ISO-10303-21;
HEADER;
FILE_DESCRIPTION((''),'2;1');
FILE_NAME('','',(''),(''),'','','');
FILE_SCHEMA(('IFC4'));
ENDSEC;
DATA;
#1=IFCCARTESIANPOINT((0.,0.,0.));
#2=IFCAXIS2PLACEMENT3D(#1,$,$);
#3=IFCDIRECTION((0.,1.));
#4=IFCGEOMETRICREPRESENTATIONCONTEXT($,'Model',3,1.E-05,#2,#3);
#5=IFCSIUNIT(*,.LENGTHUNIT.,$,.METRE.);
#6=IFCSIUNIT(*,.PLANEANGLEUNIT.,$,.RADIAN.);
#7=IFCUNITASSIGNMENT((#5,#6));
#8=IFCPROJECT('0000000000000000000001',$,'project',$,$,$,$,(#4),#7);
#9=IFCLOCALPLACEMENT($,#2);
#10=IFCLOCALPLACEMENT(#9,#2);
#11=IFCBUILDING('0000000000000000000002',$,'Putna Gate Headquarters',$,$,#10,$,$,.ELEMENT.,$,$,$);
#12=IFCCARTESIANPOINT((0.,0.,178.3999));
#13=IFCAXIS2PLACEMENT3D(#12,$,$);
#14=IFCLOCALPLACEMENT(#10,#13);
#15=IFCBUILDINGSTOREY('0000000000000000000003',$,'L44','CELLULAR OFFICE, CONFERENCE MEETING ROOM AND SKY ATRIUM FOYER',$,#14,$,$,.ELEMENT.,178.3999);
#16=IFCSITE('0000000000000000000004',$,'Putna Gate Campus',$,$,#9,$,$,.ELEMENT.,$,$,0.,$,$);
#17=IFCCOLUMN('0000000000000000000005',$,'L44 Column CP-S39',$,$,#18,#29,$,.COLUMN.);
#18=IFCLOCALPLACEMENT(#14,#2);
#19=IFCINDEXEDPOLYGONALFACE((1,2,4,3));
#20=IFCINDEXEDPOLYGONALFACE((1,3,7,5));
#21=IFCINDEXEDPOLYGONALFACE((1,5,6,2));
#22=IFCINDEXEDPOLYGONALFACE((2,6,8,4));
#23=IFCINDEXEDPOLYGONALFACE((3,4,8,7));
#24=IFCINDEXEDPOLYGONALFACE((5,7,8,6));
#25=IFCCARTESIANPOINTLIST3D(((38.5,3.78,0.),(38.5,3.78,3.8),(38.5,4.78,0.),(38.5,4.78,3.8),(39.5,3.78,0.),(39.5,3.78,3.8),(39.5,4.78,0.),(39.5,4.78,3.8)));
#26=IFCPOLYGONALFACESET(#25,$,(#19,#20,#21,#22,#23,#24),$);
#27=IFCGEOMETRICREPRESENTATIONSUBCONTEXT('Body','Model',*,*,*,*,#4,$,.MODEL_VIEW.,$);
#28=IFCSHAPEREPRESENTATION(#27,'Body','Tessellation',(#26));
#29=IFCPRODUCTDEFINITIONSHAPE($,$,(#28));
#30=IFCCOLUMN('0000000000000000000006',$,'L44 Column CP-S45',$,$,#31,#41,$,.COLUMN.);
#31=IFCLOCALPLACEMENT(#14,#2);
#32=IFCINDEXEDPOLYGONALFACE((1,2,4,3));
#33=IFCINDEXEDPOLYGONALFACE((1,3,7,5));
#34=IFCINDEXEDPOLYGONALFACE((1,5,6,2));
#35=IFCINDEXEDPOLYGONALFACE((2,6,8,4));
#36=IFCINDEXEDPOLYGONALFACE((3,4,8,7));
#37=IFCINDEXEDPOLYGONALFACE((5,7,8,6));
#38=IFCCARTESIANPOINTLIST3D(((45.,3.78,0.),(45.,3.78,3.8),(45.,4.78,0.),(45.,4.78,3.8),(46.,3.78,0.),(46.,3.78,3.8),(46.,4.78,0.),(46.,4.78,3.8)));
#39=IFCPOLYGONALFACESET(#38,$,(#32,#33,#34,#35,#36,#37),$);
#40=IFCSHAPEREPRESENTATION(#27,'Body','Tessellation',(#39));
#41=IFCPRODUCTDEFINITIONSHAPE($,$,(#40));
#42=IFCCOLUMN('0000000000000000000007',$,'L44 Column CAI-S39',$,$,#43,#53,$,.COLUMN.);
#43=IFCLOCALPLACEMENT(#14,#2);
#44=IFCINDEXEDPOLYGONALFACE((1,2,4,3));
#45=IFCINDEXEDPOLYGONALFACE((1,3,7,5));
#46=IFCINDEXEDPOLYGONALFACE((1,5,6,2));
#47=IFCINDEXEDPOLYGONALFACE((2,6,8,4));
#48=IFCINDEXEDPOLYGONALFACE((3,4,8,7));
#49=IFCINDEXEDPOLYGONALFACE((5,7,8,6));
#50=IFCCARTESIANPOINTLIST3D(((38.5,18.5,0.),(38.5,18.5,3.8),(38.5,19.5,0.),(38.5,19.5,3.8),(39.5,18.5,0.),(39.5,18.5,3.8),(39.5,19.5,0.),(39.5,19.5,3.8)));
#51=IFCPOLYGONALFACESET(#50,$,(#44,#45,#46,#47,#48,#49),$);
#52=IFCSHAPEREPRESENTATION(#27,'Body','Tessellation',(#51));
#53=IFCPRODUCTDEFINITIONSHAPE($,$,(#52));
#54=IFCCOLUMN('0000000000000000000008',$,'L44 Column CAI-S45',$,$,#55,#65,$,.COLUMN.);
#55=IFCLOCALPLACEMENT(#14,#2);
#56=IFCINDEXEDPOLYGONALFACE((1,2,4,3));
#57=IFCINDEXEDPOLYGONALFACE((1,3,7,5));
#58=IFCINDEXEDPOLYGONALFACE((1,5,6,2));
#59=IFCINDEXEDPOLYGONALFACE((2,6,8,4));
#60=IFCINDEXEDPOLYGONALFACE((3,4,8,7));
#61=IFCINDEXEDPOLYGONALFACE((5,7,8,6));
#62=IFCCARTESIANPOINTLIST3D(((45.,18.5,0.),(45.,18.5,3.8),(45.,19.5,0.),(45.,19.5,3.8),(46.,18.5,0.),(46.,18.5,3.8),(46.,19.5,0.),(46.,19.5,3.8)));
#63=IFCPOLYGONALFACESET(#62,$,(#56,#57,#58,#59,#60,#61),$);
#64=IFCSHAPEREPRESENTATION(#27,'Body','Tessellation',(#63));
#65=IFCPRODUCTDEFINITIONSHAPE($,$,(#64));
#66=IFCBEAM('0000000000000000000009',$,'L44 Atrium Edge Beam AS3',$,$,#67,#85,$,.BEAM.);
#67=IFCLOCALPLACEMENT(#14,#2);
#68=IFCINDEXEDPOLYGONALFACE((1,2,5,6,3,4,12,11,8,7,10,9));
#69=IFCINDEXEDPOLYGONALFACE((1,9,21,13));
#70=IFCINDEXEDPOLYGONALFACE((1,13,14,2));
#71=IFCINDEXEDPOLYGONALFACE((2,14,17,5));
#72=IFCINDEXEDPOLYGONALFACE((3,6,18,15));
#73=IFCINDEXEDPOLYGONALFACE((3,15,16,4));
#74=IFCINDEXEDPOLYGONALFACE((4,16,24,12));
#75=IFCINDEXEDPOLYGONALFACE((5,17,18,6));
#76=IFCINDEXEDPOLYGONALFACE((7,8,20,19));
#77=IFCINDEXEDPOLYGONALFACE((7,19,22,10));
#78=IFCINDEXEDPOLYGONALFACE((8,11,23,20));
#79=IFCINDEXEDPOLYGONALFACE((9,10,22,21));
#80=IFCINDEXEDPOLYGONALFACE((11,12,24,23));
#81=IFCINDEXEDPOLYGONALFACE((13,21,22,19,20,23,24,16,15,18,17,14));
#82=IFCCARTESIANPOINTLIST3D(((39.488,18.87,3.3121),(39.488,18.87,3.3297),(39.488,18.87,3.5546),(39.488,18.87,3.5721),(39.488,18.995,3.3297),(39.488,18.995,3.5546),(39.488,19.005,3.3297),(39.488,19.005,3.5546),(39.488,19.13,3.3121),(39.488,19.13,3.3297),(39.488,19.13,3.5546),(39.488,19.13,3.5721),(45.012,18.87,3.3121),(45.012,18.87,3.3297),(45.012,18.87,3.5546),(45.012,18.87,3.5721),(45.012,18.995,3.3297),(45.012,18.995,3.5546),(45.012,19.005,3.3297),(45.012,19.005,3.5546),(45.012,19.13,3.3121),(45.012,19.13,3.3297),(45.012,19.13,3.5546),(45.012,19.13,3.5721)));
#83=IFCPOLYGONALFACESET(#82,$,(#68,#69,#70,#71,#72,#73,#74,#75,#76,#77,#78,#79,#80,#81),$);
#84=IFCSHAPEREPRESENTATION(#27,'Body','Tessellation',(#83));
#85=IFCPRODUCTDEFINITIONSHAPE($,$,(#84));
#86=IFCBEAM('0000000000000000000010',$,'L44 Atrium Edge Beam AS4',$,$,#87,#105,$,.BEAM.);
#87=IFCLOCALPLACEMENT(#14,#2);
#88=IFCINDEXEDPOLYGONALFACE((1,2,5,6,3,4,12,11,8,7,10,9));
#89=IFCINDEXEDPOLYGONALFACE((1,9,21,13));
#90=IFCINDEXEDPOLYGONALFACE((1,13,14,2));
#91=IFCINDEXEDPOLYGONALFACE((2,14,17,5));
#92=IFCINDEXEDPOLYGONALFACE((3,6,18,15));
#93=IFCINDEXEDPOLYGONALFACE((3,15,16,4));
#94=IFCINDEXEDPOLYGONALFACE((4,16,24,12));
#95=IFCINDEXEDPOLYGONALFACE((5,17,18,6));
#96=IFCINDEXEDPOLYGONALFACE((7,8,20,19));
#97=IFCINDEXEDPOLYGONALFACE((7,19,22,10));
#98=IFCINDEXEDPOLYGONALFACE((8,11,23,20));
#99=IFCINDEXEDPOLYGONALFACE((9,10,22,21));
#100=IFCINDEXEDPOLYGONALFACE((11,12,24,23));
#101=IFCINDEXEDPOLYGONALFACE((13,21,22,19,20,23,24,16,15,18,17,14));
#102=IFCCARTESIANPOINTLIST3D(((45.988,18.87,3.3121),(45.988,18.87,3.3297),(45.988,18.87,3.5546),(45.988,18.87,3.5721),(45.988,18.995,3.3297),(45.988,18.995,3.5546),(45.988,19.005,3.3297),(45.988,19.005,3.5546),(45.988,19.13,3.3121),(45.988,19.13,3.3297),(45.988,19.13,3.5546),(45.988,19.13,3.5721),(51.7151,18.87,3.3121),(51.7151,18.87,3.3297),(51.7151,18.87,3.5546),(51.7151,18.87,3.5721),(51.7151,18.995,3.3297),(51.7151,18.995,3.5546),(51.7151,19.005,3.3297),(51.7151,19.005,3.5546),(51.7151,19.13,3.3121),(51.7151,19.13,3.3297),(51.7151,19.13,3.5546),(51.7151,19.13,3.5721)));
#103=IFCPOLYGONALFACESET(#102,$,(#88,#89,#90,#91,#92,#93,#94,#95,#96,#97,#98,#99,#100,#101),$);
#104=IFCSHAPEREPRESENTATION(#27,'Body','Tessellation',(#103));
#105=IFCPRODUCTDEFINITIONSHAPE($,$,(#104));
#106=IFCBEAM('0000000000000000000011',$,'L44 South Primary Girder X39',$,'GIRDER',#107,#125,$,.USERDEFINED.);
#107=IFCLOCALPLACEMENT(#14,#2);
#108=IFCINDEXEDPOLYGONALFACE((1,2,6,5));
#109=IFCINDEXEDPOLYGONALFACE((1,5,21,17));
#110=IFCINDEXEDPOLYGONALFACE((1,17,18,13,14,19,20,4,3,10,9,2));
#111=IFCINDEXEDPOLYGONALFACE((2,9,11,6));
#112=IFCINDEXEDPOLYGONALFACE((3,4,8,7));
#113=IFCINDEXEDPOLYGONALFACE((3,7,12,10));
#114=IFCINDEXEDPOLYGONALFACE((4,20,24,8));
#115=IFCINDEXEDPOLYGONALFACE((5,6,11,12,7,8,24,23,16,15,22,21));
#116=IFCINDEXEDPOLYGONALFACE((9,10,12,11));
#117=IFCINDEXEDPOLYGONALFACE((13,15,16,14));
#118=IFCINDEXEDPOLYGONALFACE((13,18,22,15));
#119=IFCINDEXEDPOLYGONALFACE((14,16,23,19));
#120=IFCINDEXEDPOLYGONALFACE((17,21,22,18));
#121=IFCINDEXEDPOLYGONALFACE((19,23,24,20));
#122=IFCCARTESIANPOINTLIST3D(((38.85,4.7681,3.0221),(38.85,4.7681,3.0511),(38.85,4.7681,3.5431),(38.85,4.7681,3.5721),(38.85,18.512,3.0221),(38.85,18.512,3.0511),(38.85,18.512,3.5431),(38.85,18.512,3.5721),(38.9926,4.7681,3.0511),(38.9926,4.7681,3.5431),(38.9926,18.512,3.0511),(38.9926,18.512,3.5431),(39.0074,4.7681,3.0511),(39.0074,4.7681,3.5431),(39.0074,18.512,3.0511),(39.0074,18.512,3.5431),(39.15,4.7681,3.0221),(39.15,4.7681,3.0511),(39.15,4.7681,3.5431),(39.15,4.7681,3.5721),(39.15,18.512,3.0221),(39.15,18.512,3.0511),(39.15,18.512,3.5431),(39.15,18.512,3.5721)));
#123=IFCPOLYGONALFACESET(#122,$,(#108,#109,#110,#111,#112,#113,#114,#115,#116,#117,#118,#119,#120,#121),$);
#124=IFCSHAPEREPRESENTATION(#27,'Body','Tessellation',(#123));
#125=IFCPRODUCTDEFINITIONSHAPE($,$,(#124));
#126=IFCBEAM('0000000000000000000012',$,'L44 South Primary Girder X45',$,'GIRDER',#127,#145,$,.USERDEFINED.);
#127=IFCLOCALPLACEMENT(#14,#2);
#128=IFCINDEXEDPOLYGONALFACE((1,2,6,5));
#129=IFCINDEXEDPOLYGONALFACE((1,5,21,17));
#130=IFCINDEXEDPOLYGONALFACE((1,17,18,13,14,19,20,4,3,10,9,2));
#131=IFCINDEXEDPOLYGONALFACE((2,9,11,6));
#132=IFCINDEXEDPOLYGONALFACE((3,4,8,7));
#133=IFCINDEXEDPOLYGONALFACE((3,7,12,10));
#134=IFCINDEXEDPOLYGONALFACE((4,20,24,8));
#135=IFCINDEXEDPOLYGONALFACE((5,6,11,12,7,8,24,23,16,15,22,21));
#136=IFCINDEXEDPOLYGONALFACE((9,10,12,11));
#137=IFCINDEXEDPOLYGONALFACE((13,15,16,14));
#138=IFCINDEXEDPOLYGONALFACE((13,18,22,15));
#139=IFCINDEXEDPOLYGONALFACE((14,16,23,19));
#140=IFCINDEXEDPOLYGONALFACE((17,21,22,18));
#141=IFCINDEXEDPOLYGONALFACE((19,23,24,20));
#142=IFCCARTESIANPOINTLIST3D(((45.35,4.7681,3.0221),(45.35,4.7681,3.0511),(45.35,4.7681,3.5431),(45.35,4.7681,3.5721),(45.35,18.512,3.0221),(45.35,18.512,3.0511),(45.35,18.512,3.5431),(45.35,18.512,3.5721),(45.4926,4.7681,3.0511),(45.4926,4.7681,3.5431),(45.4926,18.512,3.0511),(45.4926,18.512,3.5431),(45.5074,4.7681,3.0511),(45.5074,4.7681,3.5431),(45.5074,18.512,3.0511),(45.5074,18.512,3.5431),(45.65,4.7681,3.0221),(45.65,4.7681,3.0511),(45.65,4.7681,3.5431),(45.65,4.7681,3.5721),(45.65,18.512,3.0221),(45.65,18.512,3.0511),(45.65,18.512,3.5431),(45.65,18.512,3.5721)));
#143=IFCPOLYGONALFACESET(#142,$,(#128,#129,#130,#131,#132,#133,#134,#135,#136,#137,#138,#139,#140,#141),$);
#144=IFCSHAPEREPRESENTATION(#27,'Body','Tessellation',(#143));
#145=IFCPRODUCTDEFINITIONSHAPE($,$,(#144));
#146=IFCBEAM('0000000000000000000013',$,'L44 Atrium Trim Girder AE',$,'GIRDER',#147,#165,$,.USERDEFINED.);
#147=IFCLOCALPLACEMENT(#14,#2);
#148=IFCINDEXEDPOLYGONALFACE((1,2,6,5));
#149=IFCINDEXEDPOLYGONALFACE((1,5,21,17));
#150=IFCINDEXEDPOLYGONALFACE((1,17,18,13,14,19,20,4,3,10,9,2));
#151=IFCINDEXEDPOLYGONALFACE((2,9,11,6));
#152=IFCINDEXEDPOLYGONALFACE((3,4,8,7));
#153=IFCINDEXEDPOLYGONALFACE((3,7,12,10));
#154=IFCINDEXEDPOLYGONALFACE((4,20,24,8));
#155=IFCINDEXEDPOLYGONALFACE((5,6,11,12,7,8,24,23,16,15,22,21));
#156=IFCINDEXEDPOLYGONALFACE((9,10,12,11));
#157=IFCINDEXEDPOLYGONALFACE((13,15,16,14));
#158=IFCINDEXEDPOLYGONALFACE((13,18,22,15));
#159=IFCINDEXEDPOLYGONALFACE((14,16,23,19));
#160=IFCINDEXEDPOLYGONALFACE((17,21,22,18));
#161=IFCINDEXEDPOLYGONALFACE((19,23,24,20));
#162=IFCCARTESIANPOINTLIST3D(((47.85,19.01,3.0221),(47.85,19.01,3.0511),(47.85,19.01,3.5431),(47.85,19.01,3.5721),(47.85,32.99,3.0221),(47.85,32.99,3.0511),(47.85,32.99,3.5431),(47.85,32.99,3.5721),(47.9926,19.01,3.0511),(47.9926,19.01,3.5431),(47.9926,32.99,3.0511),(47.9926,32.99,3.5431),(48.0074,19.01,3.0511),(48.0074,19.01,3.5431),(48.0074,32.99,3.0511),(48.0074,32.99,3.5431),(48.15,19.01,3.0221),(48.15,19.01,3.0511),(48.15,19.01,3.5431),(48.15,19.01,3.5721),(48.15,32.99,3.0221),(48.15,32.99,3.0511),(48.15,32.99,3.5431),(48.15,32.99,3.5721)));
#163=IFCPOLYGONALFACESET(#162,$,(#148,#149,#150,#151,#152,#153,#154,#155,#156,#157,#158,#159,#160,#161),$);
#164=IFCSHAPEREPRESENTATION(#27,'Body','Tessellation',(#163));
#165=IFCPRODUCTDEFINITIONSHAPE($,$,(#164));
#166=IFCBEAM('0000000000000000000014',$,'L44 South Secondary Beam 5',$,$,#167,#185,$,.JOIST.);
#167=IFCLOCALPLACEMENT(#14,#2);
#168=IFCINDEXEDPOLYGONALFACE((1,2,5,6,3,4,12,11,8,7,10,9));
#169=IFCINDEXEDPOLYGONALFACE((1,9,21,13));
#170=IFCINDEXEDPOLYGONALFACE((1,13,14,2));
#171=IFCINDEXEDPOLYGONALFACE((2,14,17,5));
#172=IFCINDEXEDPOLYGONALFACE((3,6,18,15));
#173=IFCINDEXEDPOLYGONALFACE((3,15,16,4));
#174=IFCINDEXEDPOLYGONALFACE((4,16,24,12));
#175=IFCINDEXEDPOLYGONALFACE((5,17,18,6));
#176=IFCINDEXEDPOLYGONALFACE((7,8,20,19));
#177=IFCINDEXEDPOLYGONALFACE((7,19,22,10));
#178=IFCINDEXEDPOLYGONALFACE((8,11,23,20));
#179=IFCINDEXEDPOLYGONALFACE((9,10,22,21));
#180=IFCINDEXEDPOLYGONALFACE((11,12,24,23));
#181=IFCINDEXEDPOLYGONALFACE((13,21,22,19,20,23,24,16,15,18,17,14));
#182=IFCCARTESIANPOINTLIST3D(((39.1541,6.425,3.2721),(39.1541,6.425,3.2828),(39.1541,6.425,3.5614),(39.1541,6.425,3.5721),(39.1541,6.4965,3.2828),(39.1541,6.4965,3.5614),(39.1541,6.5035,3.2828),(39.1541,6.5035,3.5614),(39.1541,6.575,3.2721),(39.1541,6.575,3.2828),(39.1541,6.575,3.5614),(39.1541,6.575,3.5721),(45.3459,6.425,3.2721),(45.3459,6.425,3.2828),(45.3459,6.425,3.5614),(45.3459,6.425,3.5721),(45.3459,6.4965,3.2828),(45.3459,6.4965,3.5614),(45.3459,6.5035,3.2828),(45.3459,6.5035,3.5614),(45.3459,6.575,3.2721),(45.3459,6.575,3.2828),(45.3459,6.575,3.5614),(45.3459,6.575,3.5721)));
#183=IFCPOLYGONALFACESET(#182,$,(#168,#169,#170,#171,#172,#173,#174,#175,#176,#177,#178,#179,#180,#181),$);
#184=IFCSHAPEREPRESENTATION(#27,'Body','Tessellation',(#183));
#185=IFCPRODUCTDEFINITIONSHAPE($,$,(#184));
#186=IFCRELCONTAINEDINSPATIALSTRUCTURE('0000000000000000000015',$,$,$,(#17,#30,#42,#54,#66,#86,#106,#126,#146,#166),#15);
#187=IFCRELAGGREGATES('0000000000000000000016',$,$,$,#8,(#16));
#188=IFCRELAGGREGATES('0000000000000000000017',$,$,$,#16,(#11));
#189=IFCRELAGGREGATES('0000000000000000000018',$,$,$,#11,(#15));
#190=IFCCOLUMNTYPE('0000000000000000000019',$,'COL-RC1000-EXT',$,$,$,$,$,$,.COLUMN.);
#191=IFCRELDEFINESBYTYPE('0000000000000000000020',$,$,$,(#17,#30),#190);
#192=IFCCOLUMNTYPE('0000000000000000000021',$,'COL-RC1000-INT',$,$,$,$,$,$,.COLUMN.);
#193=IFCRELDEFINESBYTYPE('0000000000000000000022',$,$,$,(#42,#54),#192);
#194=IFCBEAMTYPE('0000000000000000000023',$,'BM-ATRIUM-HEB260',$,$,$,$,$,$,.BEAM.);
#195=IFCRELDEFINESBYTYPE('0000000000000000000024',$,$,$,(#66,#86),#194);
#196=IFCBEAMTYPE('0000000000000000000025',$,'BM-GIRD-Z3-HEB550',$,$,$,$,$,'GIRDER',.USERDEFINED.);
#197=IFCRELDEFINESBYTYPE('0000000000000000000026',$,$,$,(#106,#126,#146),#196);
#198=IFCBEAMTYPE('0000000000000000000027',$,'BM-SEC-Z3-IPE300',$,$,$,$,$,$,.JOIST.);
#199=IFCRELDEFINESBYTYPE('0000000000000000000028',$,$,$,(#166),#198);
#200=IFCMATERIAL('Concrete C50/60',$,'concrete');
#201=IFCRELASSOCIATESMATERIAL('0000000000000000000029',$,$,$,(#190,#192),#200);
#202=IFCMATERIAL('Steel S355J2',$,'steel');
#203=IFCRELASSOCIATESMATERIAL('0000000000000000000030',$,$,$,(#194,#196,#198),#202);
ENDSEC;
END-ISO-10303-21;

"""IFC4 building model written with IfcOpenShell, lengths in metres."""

from ifc_helpers import new_model, si_unit, direction, frame, origin, origin_2d, place, context, subcontext, project, spatial, rectangle, i_section, extrude, material, material_profile, profile_set, type_object, element, save


model = new_model("IFC4")

# Units and contexts
model_context = context("Model", 3, precision=1e-05, world=origin(), true_north=direction((0.0, 1.0)))
body_context = subcontext(model_context, "Body", "Model", "MODEL_VIEW")
ifc_project = project(units=[si_unit("LENGTHUNIT", "METRE"), si_unit("PLANEANGLEUNIT", "RADIAN")], contexts=[model_context])

# Site, building, storey
site_placement = place(None, origin())
site = spatial("IfcSite", under=ifc_project, at=site_placement, Name="Putna Gate Campus", CompositionType="ELEMENT", RefElevation=0.0)
building_placement = place(site_placement, origin())
building = spatial("IfcBuilding", under=site, at=building_placement, Name="Putna Gate Headquarters", CompositionType="ELEMENT")
storey_placement = place(building_placement, frame((0.0, 0.0, 178.3999)))
storey = spatial("IfcBuildingStorey", under=building, at=storey_placement, Name="L44", Description="CELLULAR OFFICE, CONFERENCE MEETING ROOM AND SKY ATRIUM FOYER", CompositionType="ELEMENT", Elevation=178.3999)

# Columns
ifc_material_1 = material(Name="Concrete C50/60", Category="concrete")
ifc_material_profile_1 = material_profile(ifc_material_1, rectangle(XDim=1.0, YDim=1.0, at=origin_2d()), Name="Concrete C50/60")
ifc_profile_set_1 = profile_set([ifc_material_profile_1], Name="Concrete C50/60")
column_type_1 = type_object("IfcColumnType", Name="COL-RC1000-EXT", PredefinedType="COLUMN", material=ifc_profile_set_1)
for number, where, z_axis, x_axis, name in (
    (1, (39.0, 4.28, 0.0), (0.0, 0.0, 1.0), (1.0, 0.0, 0.0), "L44 Column CP-S39"),
    (2, (45.5, 4.28, 0.0), (0.0, 0.0, 1.0), (1.0, 0.0, 0.0), "L44 Column CP-S45"),
):
    element("IfcColumn", number, at=place(storey_placement, frame(where, z_axis=z_axis, x_axis=x_axis)), inside=storey, type_object=column_type_1, Name=name, PredefinedType="COLUMN", context=body_context, shape_type="SweptSolid", body=[
        extrude(rectangle(XDim=1.0, YDim=1.0, at=origin_2d()), origin(), (0.0, 0.0, 1.0), 3.8),
    ])
ifc_material_profile_2 = material_profile(ifc_material_1, rectangle(XDim=1.0, YDim=1.0, at=origin_2d()), Name="Concrete C50/60")
ifc_profile_set_2 = profile_set([ifc_material_profile_2], Name="Concrete C50/60")
column_type_2 = type_object("IfcColumnType", Name="COL-RC1000-INT", PredefinedType="COLUMN", material=ifc_profile_set_2)
for number, where, z_axis, x_axis, name in (
    (3, (39.0, 19.0, 0.0), (0.0, 0.0, 1.0), (1.0, 0.0, 0.0), "L44 Column CAI-S39"),
    (4, (45.5, 19.0, 0.0), (0.0, 0.0, 1.0), (1.0, 0.0, 0.0), "L44 Column CAI-S45"),
):
    element("IfcColumn", number, at=place(storey_placement, frame(where, z_axis=z_axis, x_axis=x_axis)), inside=storey, type_object=column_type_2, Name=name, PredefinedType="COLUMN", context=body_context, shape_type="SweptSolid", body=[
        extrude(rectangle(XDim=1.0, YDim=1.0, at=origin_2d()), origin(), (0.0, 0.0, 1.0), 3.8),
    ])

# Beams
ifc_material_2 = material(Name="Steel S355J2", Category="steel")
ifc_material_profile_3 = material_profile(ifc_material_2, i_section(OverallWidth=0.26, OverallDepth=0.26, WebThickness=0.01, FlangeThickness=0.0176, at=origin_2d()), Name="Steel S355J2")
ifc_profile_set_3 = profile_set([ifc_material_profile_3], Name="Steel S355J2")
beam_type_1 = type_object("IfcBeamType", Name="BM-ATRIUM-HEB260", PredefinedType="BEAM", material=ifc_profile_set_3)
beam_1_placement = place(storey_placement, frame((39.488, 19.0, 3.4421), z_axis=(1.0, 0.0, 0.0), x_axis=(0.0, 1.0, 0.0)))
element("IfcBeam", 5, at=beam_1_placement, inside=storey, type_object=beam_type_1, Name="L44 Atrium Edge Beam AS3", PredefinedType="BEAM", context=body_context, shape_type="SweptSolid", body=[
    extrude(i_section(OverallWidth=0.26, OverallDepth=0.26, WebThickness=0.01, FlangeThickness=0.0176, at=origin_2d()), origin(), (0.0, 0.0, 1.0), 5.5239),
])
beam_2_placement = place(storey_placement, frame((45.988, 19.0, 3.4421), z_axis=(1.0, 0.0, 0.0), x_axis=(0.0, 1.0, 0.0)))
element("IfcBeam", 6, at=beam_2_placement, inside=storey, type_object=beam_type_1, Name="L44 Atrium Edge Beam AS4", PredefinedType="BEAM", context=body_context, shape_type="SweptSolid", body=[
    extrude(i_section(OverallWidth=0.26, OverallDepth=0.26, WebThickness=0.01, FlangeThickness=0.0176, at=origin_2d()), origin(), (0.0, 0.0, 1.0), 5.7271),
])
ifc_material_profile_4 = material_profile(ifc_material_2, i_section(OverallWidth=0.3, OverallDepth=0.55, WebThickness=0.0149, FlangeThickness=0.0291, at=origin_2d()), Name="Steel S355J2")
ifc_profile_set_4 = profile_set([ifc_material_profile_4], Name="Steel S355J2")
beam_type_2 = type_object("IfcBeamType", Name="BM-GIRD-Z3-HEB550", ElementType="GIRDER", PredefinedType="USERDEFINED", material=ifc_profile_set_4)
for number, where, z_axis, x_axis, name in (
    (7, (39.0, 4.7681, 3.2971), (0.0, 1.0, 0.0), (-1.0, 0.0, 0.0), "L44 South Primary Girder X39"),
    (8, (45.5, 4.7681, 3.2971), (0.0, 1.0, 0.0), (-1.0, 0.0, 0.0), "L44 South Primary Girder X45"),
):
    element("IfcBeam", number, at=place(storey_placement, frame(where, z_axis=z_axis, x_axis=x_axis)), inside=storey, type_object=beam_type_2, Name=name, ObjectType="GIRDER", PredefinedType="USERDEFINED", context=body_context, shape_type="SweptSolid", body=[
        extrude(i_section(OverallWidth=0.3, OverallDepth=0.55, WebThickness=0.0149, FlangeThickness=0.0291, at=origin_2d()), origin(), (0.0, 0.0, 1.0), 13.7439),
    ])
beam_3_placement = place(storey_placement, frame((48.0, 19.01, 3.2971), z_axis=(0.0, 1.0, 0.0), x_axis=(-1.0, 0.0, 0.0)))
element("IfcBeam", 9, at=beam_3_placement, inside=storey, type_object=beam_type_2, Name="L44 Atrium Trim Girder AE", ObjectType="GIRDER", PredefinedType="USERDEFINED", context=body_context, shape_type="SweptSolid", body=[
    extrude(i_section(OverallWidth=0.3, OverallDepth=0.55, WebThickness=0.0149, FlangeThickness=0.0291, at=origin_2d()), origin(), (0.0, 0.0, 1.0), 13.98),
])
ifc_material_profile_5 = material_profile(ifc_material_2, i_section(OverallWidth=0.1499, OverallDepth=0.3, WebThickness=0.0071, FlangeThickness=0.0107, at=origin_2d()), Name="Steel S355J2")
ifc_profile_set_5 = profile_set([ifc_material_profile_5], Name="Steel S355J2")
beam_type_3 = type_object("IfcBeamType", Name="BM-SEC-Z3-IPE300", PredefinedType="JOIST", material=ifc_profile_set_5)
for number, where, z_axis, x_axis, name in (
    (10, (39.1541, 6.5, 3.4221), (1.0, 0.0, 0.0), (0.0, 1.0, 0.0), "L44 South Secondary Beam 5"),
):
    element("IfcBeam", number, at=place(storey_placement, frame(where, z_axis=z_axis, x_axis=x_axis)), inside=storey, type_object=beam_type_3, Name=name, PredefinedType="JOIST", context=body_context, shape_type="SweptSolid", body=[
        extrude(i_section(OverallWidth=0.1499, OverallDepth=0.3, WebThickness=0.0071, FlangeThickness=0.0107, at=origin_2d()), origin(), (0.0, 0.0, 1.0), 6.1919),
    ])

save(model, "model.ifc")
